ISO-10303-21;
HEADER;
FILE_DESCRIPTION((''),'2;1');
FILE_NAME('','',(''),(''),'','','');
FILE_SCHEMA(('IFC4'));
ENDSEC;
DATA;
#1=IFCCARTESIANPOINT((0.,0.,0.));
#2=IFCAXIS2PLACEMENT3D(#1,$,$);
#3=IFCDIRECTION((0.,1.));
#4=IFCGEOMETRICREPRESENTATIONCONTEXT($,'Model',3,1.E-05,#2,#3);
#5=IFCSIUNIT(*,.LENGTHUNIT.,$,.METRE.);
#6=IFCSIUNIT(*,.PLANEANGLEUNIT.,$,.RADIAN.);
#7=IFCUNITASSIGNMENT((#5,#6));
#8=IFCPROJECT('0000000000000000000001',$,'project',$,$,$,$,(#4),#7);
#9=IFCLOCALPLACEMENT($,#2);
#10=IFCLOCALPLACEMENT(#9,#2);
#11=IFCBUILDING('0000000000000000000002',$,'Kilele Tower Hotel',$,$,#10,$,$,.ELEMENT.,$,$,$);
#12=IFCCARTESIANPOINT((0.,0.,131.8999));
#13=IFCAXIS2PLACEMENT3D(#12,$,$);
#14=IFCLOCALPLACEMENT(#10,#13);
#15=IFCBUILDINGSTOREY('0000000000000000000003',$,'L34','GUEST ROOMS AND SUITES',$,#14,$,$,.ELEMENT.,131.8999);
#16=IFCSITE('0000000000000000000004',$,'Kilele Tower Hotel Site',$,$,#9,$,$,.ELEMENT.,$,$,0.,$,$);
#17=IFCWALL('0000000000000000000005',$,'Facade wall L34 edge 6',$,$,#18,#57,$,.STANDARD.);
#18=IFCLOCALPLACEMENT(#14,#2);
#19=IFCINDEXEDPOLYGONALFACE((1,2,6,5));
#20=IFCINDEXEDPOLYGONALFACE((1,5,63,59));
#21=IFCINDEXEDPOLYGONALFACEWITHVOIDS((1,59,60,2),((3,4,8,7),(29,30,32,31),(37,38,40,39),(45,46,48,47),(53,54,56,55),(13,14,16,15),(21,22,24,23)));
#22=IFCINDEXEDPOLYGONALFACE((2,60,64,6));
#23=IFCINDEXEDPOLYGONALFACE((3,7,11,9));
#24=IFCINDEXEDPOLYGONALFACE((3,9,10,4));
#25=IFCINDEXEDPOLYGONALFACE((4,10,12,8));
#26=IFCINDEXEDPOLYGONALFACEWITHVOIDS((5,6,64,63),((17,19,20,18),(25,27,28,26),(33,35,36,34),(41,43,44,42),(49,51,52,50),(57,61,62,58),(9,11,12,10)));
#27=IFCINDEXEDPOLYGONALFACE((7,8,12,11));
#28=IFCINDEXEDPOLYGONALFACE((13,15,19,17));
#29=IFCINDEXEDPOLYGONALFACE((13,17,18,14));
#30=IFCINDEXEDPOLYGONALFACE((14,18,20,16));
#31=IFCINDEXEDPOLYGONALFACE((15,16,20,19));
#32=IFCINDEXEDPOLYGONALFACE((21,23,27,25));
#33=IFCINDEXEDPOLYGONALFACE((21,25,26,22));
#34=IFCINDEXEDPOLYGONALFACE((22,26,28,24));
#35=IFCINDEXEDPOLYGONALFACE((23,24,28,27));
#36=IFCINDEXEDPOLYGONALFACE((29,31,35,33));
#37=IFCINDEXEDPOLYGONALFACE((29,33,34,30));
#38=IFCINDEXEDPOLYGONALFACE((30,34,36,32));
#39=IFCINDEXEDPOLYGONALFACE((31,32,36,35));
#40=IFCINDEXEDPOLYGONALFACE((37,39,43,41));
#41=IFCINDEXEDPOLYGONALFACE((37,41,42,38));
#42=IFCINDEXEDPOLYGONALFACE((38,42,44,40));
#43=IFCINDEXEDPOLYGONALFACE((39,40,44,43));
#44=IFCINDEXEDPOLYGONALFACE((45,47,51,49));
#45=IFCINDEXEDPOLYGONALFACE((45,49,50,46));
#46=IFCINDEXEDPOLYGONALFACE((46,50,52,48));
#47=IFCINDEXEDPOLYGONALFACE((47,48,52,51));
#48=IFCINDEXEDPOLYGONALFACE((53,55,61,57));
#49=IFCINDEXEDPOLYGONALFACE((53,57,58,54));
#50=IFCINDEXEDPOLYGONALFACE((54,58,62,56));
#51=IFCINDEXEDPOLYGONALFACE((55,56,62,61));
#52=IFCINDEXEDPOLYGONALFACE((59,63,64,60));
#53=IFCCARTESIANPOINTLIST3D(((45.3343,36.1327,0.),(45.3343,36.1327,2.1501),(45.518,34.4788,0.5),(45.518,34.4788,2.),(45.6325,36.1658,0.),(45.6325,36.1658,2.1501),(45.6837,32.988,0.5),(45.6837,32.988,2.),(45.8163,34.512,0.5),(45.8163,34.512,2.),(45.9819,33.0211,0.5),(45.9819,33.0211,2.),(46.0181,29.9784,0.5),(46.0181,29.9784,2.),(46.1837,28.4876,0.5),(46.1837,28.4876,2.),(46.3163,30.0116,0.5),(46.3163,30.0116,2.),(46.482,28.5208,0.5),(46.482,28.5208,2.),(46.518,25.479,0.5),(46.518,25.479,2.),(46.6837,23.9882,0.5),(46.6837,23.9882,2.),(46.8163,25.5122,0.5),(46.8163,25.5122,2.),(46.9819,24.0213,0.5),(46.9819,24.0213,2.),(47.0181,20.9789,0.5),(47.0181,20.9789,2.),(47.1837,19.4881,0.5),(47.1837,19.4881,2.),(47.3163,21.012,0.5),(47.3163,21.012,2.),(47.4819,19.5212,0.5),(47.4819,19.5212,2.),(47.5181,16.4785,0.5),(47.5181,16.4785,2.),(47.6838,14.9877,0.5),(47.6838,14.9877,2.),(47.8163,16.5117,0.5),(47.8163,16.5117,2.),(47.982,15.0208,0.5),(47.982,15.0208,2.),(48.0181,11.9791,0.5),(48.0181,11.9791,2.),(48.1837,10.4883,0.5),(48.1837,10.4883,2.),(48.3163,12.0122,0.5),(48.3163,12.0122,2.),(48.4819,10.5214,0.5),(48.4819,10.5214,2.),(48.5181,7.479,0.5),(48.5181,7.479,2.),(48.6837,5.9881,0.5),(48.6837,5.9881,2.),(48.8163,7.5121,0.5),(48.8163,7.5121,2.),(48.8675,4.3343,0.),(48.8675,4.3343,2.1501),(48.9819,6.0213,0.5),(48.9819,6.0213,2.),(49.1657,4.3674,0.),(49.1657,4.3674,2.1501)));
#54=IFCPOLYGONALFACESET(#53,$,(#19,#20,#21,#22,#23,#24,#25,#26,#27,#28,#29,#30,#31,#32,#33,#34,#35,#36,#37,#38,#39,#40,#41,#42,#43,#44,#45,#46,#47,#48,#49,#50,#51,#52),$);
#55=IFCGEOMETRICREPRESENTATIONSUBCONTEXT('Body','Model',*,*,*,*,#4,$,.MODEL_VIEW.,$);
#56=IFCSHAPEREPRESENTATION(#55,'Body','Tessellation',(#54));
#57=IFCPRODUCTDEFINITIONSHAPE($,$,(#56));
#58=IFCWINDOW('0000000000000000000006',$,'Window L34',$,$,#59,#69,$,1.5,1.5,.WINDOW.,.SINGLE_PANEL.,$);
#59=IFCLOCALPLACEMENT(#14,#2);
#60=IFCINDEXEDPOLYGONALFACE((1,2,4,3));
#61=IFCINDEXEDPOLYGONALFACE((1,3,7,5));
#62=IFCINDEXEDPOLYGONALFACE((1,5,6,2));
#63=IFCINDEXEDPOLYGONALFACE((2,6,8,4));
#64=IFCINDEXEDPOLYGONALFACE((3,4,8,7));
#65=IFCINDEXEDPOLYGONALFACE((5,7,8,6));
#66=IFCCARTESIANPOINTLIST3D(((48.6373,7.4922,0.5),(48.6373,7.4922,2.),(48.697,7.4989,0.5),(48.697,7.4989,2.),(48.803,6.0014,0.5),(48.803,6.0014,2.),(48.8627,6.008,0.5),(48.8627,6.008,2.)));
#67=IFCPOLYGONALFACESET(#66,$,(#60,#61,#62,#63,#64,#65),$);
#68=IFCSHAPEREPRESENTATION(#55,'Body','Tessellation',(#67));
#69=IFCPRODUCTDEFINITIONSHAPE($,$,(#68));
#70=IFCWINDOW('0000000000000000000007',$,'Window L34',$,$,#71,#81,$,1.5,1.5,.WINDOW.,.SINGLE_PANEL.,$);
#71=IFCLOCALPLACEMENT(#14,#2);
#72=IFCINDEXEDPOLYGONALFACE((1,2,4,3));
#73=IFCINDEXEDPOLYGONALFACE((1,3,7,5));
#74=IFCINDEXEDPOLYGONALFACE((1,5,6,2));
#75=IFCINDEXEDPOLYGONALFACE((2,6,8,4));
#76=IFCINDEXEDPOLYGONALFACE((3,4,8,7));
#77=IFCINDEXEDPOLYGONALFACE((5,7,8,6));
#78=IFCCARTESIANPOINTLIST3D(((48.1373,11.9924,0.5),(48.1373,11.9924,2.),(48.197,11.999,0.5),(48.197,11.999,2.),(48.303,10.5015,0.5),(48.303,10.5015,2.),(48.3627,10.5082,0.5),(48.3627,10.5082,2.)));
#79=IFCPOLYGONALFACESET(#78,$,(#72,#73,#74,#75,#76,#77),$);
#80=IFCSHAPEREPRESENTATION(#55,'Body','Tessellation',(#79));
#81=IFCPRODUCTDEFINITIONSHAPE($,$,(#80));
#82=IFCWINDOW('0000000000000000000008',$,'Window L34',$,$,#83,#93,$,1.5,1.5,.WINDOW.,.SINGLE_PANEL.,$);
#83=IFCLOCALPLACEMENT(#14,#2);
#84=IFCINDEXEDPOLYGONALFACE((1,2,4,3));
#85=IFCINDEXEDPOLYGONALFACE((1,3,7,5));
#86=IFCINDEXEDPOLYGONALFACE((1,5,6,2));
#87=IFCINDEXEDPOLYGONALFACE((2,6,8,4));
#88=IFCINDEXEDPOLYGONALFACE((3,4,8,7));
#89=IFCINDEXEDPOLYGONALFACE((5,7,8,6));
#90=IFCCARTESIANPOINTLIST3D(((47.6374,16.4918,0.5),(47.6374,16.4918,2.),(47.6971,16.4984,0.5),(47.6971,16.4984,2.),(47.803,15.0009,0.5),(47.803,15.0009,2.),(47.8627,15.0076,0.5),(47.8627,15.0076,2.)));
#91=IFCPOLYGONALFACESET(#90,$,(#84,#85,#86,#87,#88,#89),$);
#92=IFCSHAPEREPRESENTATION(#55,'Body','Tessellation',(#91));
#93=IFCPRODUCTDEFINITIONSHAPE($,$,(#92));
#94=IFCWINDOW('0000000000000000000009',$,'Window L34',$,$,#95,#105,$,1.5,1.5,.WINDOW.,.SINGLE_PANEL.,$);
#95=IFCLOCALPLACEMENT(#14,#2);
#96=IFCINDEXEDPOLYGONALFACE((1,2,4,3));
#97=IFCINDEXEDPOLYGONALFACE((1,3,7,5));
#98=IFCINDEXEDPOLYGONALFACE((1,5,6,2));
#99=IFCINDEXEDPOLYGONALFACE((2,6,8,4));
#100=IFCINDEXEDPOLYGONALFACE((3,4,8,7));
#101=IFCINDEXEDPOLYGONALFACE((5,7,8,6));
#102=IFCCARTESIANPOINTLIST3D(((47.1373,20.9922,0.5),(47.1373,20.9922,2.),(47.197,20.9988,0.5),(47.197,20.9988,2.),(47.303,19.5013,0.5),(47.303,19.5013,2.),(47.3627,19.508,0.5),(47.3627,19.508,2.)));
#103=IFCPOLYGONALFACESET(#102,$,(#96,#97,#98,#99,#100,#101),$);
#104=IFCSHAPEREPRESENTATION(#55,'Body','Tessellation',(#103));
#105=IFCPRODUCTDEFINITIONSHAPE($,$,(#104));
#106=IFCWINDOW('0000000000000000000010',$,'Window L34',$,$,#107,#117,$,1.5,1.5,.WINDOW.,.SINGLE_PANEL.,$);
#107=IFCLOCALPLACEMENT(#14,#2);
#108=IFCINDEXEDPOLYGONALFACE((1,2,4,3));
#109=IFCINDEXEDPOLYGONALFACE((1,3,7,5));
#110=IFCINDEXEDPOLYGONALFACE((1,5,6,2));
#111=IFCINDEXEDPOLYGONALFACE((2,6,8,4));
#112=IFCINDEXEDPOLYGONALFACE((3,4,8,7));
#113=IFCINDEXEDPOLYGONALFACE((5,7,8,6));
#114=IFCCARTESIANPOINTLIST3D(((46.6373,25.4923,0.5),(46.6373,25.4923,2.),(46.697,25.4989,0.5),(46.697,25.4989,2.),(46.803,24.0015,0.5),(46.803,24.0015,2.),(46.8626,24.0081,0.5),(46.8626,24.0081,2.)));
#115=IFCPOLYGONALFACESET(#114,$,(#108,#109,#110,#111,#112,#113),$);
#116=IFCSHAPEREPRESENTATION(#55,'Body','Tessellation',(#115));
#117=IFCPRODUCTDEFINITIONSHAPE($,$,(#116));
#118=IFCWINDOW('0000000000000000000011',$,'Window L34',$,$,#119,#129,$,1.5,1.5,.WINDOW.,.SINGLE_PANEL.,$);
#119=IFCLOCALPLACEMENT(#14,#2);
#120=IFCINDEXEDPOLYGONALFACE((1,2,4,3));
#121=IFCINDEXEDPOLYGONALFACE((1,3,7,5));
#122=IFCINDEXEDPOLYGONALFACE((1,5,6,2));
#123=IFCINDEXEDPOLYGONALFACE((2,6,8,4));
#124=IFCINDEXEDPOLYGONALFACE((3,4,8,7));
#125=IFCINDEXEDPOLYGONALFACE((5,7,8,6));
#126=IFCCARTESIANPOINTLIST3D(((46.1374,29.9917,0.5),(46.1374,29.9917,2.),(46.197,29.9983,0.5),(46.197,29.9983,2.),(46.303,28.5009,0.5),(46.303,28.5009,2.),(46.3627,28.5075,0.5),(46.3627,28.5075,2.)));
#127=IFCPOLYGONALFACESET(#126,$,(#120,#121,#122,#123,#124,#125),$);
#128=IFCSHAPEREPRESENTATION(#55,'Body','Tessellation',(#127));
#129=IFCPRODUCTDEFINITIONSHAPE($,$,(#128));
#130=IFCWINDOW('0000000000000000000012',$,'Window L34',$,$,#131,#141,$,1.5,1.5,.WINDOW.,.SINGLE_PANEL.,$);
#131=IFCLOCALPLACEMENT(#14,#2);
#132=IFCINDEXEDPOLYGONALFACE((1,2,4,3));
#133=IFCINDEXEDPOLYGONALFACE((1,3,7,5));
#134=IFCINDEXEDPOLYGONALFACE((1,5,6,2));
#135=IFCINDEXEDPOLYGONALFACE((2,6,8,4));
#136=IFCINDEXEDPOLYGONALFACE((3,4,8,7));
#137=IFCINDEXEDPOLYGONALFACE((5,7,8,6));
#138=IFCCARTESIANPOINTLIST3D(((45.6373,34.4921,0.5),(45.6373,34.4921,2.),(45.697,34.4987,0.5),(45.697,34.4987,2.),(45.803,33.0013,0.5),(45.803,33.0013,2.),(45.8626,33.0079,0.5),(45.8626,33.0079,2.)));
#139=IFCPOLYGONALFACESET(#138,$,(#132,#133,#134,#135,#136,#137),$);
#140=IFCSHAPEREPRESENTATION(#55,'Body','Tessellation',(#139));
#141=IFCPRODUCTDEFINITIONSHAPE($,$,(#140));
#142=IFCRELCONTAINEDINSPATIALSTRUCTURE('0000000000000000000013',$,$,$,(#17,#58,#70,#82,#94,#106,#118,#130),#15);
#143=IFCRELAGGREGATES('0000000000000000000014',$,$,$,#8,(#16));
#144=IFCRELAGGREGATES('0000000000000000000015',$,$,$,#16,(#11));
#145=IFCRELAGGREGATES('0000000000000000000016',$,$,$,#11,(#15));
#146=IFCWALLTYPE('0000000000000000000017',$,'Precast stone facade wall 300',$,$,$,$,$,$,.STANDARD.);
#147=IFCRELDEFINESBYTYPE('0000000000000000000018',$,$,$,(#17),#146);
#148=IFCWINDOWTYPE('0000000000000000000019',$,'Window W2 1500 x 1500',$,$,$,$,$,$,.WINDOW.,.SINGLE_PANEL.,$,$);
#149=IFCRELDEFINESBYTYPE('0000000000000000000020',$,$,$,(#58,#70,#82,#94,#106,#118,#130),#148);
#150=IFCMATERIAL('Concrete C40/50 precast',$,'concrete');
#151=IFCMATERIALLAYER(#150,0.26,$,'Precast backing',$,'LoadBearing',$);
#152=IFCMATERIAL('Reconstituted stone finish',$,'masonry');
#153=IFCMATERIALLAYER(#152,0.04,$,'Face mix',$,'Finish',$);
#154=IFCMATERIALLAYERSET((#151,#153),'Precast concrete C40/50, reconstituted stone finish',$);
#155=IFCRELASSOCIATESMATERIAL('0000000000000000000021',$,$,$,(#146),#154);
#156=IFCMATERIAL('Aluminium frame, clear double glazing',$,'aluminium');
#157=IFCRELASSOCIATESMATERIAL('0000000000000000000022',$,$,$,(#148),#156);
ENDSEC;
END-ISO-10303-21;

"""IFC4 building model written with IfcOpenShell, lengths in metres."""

from ifc_helpers import new_model, si_unit, direction, frame, frame_2d, origin, place, context, subcontext, project, spatial, rectangle, extrude, material, layer, layer_set, type_object, element, fill, save


model = new_model("IFC4")

# Units and contexts
model_context = context("Model", 3, precision=1e-05, world=origin(), true_north=direction((0.0, 1.0)))
body_context = subcontext(model_context, "Body", "Model", "MODEL_VIEW")
ifc_project = project(units=[si_unit("LENGTHUNIT", "METRE"), si_unit("PLANEANGLEUNIT", "RADIAN")], contexts=[model_context])

# Site, building, storey
site_placement = place(None, origin())
site = spatial("IfcSite", under=ifc_project, at=site_placement, Name="Kilele Tower Hotel Site", CompositionType="ELEMENT", RefElevation=0.0)
building_placement = place(site_placement, origin())
building = spatial("IfcBuilding", under=site, at=building_placement, Name="Kilele Tower Hotel", CompositionType="ELEMENT")
storey_placement = place(building_placement, frame((0.0, 0.0, 131.8999)))
storey = spatial("IfcBuildingStorey", under=building, at=storey_placement, Name="L34", Description="GUEST ROOMS AND SUITES", CompositionType="ELEMENT", Elevation=131.8999)

# Shared definitions
ifc_material_1 = material(Name="Concrete C40/50 precast", Category="concrete")
ifc_layer_1 = layer(ifc_material_1, 0.26, Name="Precast backing", Category="LoadBearing")
ifc_material_2 = material(Name="Reconstituted stone finish", Category="masonry")
ifc_layer_2 = layer(ifc_material_2, 0.04, Name="Face mix", Category="Finish")
ifc_layer_set_1 = layer_set([ifc_layer_1, ifc_layer_2], Name="Precast concrete C40/50, reconstituted stone finish")
wall_type_1 = type_object("IfcWallType", Name="Precast stone facade wall 300", PredefinedType="STANDARD", material=ifc_layer_set_1)
ifc_material_3 = material(Name="Aluminium frame, clear double glazing", Category="aluminium")
window_type = type_object("IfcWindowType", Name="Window W2 1500 x 1500", PartitioningType="SINGLE_PANEL", PredefinedType="WINDOW", material=ifc_material_3)

# Wall, openings, windows
wall_1_placement = place(storey_placement, frame((49.0166, 4.3508, 0.0), z_axis=(0.0, 0.0, 1.0), x_axis=(-0.110433, 0.993884, 0.0)))
wall_1 = element("IfcWall", 1, at=wall_1_placement, inside=storey, type_object=wall_type_1, Name="Facade wall L34 edge 6", PredefinedType="STANDARD", context=body_context, shape_type="SweptSolid", body=[
    extrude(rectangle(XDim=31.9941, YDim=0.3, at=frame_2d((15.9971, 0.0))), origin(), (0.0, 0.0, 1.0), 2.1501),
])
opening_1_placement = place(wall_1_placement, frame((1.6641, 0.0, 0.5)))
opening_1 = element("IfcOpeningElement", 2, at=opening_1_placement, cuts=wall_1, PredefinedType="OPENING", context=body_context, shape_type="SweptSolid", body=[
    extrude(rectangle(XDim=1.5, YDim=1.5, at=frame_2d((0.75, 0.75))), frame((0.0, 0.1599, 0.0), z_axis=(0.0, -1.0, 0.0), x_axis=(1.0, 0.0, 0.0)), (0.0, 0.0, 1.0), 0.3201),
])
opening_2_placement = place(wall_1_placement, frame((6.1919, 0.0, 0.5)))
opening_2 = element("IfcOpeningElement", 3, at=opening_2_placement, cuts=wall_1, PredefinedType="OPENING", context=body_context, shape_type="SweptSolid", body=[
    extrude(rectangle(XDim=1.5, YDim=1.5, at=frame_2d((0.75, 0.75))), frame((0.0, 0.1599, 0.0), z_axis=(0.0, -1.0, 0.0), x_axis=(1.0, 0.0, 0.0)), (0.0, 0.0, 1.0), 0.3201),
])
opening_3_placement = place(wall_1_placement, frame((10.719, 0.0, 0.5)))
opening_3 = element("IfcOpeningElement", 4, at=opening_3_placement, cuts=wall_1, PredefinedType="OPENING", context=body_context, shape_type="SweptSolid", body=[
    extrude(rectangle(XDim=1.5, YDim=1.5, at=frame_2d((0.75, 0.75))), frame((0.0, 0.1599, 0.0), z_axis=(0.0, -1.0, 0.0), x_axis=(1.0, 0.0, 0.0)), (0.0, 0.0, 1.0), 0.3201),
])
opening_4_placement = place(wall_1_placement, frame((15.2471, 0.0, 0.5)))
opening_4 = element("IfcOpeningElement", 5, at=opening_4_placement, cuts=wall_1, PredefinedType="OPENING", context=body_context, shape_type="SweptSolid", body=[
    extrude(rectangle(XDim=1.5, YDim=1.5, at=frame_2d((0.75, 0.75))), frame((0.0, 0.1599, 0.0), z_axis=(0.0, -1.0, 0.0), x_axis=(1.0, 0.0, 0.0)), (0.0, 0.0, 1.0), 0.3201),
])
opening_5_placement = place(wall_1_placement, frame((19.7749, 0.0, 0.5)))
opening_5 = element("IfcOpeningElement", 6, at=opening_5_placement, cuts=wall_1, PredefinedType="OPENING", context=body_context, shape_type="SweptSolid", body=[
    extrude(rectangle(XDim=1.5, YDim=1.5, at=frame_2d((0.75, 0.75))), frame((0.0, 0.1599, 0.0), z_axis=(0.0, -1.0, 0.0), x_axis=(1.0, 0.0, 0.0)), (0.0, 0.0, 1.0), 0.3201),
])
opening_6_placement = place(wall_1_placement, frame((24.302, 0.0, 0.5)))
opening_6 = element("IfcOpeningElement", 7, at=opening_6_placement, cuts=wall_1, PredefinedType="OPENING", context=body_context, shape_type="SweptSolid", body=[
    extrude(rectangle(XDim=1.5, YDim=1.5, at=frame_2d((0.75, 0.75))), frame((0.0, 0.1599, 0.0), z_axis=(0.0, -1.0, 0.0), x_axis=(1.0, 0.0, 0.0)), (0.0, 0.0, 1.0), 0.3201),
])
opening_7_placement = place(wall_1_placement, frame((28.8301, 0.0, 0.5)))
opening_7 = element("IfcOpeningElement", 8, at=opening_7_placement, cuts=wall_1, PredefinedType="OPENING", context=body_context, shape_type="SweptSolid", body=[
    extrude(rectangle(XDim=1.5, YDim=1.5, at=frame_2d((0.75, 0.75))), frame((0.0, 0.1599, 0.0), z_axis=(0.0, -1.0, 0.0), x_axis=(1.0, 0.0, 0.0)), (0.0, 0.0, 1.0), 0.3201),
])
window_1_placement = place(opening_1_placement, origin())
window_1 = element("IfcWindow", 9, at=window_1_placement, inside=storey, type_object=window_type, Name="Window L34", OverallHeight=1.5, OverallWidth=1.5, PartitioningType="SINGLE_PANEL", PredefinedType="WINDOW", context=body_context, shape_type="SweptSolid", body=[
    extrude(rectangle(XDim=1.5, YDim=1.5, at=frame_2d((0.75, 0.75))), frame((0.0, 0.03, 0.0), z_axis=(0.0, -1.0, 0.0), x_axis=(1.0, 0.0, 0.0)), (0.0, 0.0, 1.0), 0.0601),
])
fill(opening_1, window_1)
window_2_placement = place(opening_2_placement, origin())
window_2 = element("IfcWindow", 10, at=window_2_placement, inside=storey, type_object=window_type, Name="Window L34", OverallHeight=1.5, OverallWidth=1.5, PartitioningType="SINGLE_PANEL", PredefinedType="WINDOW", context=body_context, shape_type="SweptSolid", body=[
    extrude(rectangle(XDim=1.5, YDim=1.5, at=frame_2d((0.75, 0.75))), frame((0.0, 0.03, 0.0), z_axis=(0.0, -1.0, 0.0), x_axis=(1.0, 0.0, 0.0)), (0.0, 0.0, 1.0), 0.0601),
])
fill(opening_2, window_2)
window_3_placement = place(opening_3_placement, origin())
window_3 = element("IfcWindow", 11, at=window_3_placement, inside=storey, type_object=window_type, Name="Window L34", OverallHeight=1.5, OverallWidth=1.5, PartitioningType="SINGLE_PANEL", PredefinedType="WINDOW", context=body_context, shape_type="SweptSolid", body=[
    extrude(rectangle(XDim=1.5, YDim=1.5, at=frame_2d((0.75, 0.75))), frame((0.0, 0.03, 0.0), z_axis=(0.0, -1.0, 0.0), x_axis=(1.0, 0.0, 0.0)), (0.0, 0.0, 1.0), 0.0601),
])
fill(opening_3, window_3)
window_4_placement = place(opening_4_placement, origin())
window_4 = element("IfcWindow", 12, at=window_4_placement, inside=storey, type_object=window_type, Name="Window L34", OverallHeight=1.5, OverallWidth=1.5, PartitioningType="SINGLE_PANEL", PredefinedType="WINDOW", context=body_context, shape_type="SweptSolid", body=[
    extrude(rectangle(XDim=1.5, YDim=1.5, at=frame_2d((0.75, 0.75))), frame((0.0, 0.03, 0.0), z_axis=(0.0, -1.0, 0.0), x_axis=(1.0, 0.0, 0.0)), (0.0, 0.0, 1.0), 0.0601),
])
fill(opening_4, window_4)
window_5_placement = place(opening_5_placement, origin())
window_5 = element("IfcWindow", 13, at=window_5_placement, inside=storey, type_object=window_type, Name="Window L34", OverallHeight=1.5, OverallWidth=1.5, PartitioningType="SINGLE_PANEL", PredefinedType="WINDOW", context=body_context, shape_type="SweptSolid", body=[
    extrude(rectangle(XDim=1.5, YDim=1.5, at=frame_2d((0.75, 0.75))), frame((0.0, 0.03, 0.0), z_axis=(0.0, -1.0, 0.0), x_axis=(1.0, 0.0, 0.0)), (0.0, 0.0, 1.0), 0.0601),
])
fill(opening_5, window_5)
window_6_placement = place(opening_6_placement, origin())
window_6 = element("IfcWindow", 14, at=window_6_placement, inside=storey, type_object=window_type, Name="Window L34", OverallHeight=1.5, OverallWidth=1.5, PartitioningType="SINGLE_PANEL", PredefinedType="WINDOW", context=body_context, shape_type="SweptSolid", body=[
    extrude(rectangle(XDim=1.5, YDim=1.5, at=frame_2d((0.75, 0.75))), frame((0.0, 0.03, 0.0), z_axis=(0.0, -1.0, 0.0), x_axis=(1.0, 0.0, 0.0)), (0.0, 0.0, 1.0), 0.0601),
])
fill(opening_6, window_6)
window_7_placement = place(opening_7_placement, origin())
window_7 = element("IfcWindow", 15, at=window_7_placement, inside=storey, type_object=window_type, Name="Window L34", OverallHeight=1.5, OverallWidth=1.5, PartitioningType="SINGLE_PANEL", PredefinedType="WINDOW", context=body_context, shape_type="SweptSolid", body=[
    extrude(rectangle(XDim=1.5, YDim=1.5, at=frame_2d((0.75, 0.75))), frame((0.0, 0.03, 0.0), z_axis=(0.0, -1.0, 0.0), x_axis=(1.0, 0.0, 0.0)), (0.0, 0.0, 1.0), 0.0601),
])
fill(opening_7, window_7)

save(model, "model.ifc")
